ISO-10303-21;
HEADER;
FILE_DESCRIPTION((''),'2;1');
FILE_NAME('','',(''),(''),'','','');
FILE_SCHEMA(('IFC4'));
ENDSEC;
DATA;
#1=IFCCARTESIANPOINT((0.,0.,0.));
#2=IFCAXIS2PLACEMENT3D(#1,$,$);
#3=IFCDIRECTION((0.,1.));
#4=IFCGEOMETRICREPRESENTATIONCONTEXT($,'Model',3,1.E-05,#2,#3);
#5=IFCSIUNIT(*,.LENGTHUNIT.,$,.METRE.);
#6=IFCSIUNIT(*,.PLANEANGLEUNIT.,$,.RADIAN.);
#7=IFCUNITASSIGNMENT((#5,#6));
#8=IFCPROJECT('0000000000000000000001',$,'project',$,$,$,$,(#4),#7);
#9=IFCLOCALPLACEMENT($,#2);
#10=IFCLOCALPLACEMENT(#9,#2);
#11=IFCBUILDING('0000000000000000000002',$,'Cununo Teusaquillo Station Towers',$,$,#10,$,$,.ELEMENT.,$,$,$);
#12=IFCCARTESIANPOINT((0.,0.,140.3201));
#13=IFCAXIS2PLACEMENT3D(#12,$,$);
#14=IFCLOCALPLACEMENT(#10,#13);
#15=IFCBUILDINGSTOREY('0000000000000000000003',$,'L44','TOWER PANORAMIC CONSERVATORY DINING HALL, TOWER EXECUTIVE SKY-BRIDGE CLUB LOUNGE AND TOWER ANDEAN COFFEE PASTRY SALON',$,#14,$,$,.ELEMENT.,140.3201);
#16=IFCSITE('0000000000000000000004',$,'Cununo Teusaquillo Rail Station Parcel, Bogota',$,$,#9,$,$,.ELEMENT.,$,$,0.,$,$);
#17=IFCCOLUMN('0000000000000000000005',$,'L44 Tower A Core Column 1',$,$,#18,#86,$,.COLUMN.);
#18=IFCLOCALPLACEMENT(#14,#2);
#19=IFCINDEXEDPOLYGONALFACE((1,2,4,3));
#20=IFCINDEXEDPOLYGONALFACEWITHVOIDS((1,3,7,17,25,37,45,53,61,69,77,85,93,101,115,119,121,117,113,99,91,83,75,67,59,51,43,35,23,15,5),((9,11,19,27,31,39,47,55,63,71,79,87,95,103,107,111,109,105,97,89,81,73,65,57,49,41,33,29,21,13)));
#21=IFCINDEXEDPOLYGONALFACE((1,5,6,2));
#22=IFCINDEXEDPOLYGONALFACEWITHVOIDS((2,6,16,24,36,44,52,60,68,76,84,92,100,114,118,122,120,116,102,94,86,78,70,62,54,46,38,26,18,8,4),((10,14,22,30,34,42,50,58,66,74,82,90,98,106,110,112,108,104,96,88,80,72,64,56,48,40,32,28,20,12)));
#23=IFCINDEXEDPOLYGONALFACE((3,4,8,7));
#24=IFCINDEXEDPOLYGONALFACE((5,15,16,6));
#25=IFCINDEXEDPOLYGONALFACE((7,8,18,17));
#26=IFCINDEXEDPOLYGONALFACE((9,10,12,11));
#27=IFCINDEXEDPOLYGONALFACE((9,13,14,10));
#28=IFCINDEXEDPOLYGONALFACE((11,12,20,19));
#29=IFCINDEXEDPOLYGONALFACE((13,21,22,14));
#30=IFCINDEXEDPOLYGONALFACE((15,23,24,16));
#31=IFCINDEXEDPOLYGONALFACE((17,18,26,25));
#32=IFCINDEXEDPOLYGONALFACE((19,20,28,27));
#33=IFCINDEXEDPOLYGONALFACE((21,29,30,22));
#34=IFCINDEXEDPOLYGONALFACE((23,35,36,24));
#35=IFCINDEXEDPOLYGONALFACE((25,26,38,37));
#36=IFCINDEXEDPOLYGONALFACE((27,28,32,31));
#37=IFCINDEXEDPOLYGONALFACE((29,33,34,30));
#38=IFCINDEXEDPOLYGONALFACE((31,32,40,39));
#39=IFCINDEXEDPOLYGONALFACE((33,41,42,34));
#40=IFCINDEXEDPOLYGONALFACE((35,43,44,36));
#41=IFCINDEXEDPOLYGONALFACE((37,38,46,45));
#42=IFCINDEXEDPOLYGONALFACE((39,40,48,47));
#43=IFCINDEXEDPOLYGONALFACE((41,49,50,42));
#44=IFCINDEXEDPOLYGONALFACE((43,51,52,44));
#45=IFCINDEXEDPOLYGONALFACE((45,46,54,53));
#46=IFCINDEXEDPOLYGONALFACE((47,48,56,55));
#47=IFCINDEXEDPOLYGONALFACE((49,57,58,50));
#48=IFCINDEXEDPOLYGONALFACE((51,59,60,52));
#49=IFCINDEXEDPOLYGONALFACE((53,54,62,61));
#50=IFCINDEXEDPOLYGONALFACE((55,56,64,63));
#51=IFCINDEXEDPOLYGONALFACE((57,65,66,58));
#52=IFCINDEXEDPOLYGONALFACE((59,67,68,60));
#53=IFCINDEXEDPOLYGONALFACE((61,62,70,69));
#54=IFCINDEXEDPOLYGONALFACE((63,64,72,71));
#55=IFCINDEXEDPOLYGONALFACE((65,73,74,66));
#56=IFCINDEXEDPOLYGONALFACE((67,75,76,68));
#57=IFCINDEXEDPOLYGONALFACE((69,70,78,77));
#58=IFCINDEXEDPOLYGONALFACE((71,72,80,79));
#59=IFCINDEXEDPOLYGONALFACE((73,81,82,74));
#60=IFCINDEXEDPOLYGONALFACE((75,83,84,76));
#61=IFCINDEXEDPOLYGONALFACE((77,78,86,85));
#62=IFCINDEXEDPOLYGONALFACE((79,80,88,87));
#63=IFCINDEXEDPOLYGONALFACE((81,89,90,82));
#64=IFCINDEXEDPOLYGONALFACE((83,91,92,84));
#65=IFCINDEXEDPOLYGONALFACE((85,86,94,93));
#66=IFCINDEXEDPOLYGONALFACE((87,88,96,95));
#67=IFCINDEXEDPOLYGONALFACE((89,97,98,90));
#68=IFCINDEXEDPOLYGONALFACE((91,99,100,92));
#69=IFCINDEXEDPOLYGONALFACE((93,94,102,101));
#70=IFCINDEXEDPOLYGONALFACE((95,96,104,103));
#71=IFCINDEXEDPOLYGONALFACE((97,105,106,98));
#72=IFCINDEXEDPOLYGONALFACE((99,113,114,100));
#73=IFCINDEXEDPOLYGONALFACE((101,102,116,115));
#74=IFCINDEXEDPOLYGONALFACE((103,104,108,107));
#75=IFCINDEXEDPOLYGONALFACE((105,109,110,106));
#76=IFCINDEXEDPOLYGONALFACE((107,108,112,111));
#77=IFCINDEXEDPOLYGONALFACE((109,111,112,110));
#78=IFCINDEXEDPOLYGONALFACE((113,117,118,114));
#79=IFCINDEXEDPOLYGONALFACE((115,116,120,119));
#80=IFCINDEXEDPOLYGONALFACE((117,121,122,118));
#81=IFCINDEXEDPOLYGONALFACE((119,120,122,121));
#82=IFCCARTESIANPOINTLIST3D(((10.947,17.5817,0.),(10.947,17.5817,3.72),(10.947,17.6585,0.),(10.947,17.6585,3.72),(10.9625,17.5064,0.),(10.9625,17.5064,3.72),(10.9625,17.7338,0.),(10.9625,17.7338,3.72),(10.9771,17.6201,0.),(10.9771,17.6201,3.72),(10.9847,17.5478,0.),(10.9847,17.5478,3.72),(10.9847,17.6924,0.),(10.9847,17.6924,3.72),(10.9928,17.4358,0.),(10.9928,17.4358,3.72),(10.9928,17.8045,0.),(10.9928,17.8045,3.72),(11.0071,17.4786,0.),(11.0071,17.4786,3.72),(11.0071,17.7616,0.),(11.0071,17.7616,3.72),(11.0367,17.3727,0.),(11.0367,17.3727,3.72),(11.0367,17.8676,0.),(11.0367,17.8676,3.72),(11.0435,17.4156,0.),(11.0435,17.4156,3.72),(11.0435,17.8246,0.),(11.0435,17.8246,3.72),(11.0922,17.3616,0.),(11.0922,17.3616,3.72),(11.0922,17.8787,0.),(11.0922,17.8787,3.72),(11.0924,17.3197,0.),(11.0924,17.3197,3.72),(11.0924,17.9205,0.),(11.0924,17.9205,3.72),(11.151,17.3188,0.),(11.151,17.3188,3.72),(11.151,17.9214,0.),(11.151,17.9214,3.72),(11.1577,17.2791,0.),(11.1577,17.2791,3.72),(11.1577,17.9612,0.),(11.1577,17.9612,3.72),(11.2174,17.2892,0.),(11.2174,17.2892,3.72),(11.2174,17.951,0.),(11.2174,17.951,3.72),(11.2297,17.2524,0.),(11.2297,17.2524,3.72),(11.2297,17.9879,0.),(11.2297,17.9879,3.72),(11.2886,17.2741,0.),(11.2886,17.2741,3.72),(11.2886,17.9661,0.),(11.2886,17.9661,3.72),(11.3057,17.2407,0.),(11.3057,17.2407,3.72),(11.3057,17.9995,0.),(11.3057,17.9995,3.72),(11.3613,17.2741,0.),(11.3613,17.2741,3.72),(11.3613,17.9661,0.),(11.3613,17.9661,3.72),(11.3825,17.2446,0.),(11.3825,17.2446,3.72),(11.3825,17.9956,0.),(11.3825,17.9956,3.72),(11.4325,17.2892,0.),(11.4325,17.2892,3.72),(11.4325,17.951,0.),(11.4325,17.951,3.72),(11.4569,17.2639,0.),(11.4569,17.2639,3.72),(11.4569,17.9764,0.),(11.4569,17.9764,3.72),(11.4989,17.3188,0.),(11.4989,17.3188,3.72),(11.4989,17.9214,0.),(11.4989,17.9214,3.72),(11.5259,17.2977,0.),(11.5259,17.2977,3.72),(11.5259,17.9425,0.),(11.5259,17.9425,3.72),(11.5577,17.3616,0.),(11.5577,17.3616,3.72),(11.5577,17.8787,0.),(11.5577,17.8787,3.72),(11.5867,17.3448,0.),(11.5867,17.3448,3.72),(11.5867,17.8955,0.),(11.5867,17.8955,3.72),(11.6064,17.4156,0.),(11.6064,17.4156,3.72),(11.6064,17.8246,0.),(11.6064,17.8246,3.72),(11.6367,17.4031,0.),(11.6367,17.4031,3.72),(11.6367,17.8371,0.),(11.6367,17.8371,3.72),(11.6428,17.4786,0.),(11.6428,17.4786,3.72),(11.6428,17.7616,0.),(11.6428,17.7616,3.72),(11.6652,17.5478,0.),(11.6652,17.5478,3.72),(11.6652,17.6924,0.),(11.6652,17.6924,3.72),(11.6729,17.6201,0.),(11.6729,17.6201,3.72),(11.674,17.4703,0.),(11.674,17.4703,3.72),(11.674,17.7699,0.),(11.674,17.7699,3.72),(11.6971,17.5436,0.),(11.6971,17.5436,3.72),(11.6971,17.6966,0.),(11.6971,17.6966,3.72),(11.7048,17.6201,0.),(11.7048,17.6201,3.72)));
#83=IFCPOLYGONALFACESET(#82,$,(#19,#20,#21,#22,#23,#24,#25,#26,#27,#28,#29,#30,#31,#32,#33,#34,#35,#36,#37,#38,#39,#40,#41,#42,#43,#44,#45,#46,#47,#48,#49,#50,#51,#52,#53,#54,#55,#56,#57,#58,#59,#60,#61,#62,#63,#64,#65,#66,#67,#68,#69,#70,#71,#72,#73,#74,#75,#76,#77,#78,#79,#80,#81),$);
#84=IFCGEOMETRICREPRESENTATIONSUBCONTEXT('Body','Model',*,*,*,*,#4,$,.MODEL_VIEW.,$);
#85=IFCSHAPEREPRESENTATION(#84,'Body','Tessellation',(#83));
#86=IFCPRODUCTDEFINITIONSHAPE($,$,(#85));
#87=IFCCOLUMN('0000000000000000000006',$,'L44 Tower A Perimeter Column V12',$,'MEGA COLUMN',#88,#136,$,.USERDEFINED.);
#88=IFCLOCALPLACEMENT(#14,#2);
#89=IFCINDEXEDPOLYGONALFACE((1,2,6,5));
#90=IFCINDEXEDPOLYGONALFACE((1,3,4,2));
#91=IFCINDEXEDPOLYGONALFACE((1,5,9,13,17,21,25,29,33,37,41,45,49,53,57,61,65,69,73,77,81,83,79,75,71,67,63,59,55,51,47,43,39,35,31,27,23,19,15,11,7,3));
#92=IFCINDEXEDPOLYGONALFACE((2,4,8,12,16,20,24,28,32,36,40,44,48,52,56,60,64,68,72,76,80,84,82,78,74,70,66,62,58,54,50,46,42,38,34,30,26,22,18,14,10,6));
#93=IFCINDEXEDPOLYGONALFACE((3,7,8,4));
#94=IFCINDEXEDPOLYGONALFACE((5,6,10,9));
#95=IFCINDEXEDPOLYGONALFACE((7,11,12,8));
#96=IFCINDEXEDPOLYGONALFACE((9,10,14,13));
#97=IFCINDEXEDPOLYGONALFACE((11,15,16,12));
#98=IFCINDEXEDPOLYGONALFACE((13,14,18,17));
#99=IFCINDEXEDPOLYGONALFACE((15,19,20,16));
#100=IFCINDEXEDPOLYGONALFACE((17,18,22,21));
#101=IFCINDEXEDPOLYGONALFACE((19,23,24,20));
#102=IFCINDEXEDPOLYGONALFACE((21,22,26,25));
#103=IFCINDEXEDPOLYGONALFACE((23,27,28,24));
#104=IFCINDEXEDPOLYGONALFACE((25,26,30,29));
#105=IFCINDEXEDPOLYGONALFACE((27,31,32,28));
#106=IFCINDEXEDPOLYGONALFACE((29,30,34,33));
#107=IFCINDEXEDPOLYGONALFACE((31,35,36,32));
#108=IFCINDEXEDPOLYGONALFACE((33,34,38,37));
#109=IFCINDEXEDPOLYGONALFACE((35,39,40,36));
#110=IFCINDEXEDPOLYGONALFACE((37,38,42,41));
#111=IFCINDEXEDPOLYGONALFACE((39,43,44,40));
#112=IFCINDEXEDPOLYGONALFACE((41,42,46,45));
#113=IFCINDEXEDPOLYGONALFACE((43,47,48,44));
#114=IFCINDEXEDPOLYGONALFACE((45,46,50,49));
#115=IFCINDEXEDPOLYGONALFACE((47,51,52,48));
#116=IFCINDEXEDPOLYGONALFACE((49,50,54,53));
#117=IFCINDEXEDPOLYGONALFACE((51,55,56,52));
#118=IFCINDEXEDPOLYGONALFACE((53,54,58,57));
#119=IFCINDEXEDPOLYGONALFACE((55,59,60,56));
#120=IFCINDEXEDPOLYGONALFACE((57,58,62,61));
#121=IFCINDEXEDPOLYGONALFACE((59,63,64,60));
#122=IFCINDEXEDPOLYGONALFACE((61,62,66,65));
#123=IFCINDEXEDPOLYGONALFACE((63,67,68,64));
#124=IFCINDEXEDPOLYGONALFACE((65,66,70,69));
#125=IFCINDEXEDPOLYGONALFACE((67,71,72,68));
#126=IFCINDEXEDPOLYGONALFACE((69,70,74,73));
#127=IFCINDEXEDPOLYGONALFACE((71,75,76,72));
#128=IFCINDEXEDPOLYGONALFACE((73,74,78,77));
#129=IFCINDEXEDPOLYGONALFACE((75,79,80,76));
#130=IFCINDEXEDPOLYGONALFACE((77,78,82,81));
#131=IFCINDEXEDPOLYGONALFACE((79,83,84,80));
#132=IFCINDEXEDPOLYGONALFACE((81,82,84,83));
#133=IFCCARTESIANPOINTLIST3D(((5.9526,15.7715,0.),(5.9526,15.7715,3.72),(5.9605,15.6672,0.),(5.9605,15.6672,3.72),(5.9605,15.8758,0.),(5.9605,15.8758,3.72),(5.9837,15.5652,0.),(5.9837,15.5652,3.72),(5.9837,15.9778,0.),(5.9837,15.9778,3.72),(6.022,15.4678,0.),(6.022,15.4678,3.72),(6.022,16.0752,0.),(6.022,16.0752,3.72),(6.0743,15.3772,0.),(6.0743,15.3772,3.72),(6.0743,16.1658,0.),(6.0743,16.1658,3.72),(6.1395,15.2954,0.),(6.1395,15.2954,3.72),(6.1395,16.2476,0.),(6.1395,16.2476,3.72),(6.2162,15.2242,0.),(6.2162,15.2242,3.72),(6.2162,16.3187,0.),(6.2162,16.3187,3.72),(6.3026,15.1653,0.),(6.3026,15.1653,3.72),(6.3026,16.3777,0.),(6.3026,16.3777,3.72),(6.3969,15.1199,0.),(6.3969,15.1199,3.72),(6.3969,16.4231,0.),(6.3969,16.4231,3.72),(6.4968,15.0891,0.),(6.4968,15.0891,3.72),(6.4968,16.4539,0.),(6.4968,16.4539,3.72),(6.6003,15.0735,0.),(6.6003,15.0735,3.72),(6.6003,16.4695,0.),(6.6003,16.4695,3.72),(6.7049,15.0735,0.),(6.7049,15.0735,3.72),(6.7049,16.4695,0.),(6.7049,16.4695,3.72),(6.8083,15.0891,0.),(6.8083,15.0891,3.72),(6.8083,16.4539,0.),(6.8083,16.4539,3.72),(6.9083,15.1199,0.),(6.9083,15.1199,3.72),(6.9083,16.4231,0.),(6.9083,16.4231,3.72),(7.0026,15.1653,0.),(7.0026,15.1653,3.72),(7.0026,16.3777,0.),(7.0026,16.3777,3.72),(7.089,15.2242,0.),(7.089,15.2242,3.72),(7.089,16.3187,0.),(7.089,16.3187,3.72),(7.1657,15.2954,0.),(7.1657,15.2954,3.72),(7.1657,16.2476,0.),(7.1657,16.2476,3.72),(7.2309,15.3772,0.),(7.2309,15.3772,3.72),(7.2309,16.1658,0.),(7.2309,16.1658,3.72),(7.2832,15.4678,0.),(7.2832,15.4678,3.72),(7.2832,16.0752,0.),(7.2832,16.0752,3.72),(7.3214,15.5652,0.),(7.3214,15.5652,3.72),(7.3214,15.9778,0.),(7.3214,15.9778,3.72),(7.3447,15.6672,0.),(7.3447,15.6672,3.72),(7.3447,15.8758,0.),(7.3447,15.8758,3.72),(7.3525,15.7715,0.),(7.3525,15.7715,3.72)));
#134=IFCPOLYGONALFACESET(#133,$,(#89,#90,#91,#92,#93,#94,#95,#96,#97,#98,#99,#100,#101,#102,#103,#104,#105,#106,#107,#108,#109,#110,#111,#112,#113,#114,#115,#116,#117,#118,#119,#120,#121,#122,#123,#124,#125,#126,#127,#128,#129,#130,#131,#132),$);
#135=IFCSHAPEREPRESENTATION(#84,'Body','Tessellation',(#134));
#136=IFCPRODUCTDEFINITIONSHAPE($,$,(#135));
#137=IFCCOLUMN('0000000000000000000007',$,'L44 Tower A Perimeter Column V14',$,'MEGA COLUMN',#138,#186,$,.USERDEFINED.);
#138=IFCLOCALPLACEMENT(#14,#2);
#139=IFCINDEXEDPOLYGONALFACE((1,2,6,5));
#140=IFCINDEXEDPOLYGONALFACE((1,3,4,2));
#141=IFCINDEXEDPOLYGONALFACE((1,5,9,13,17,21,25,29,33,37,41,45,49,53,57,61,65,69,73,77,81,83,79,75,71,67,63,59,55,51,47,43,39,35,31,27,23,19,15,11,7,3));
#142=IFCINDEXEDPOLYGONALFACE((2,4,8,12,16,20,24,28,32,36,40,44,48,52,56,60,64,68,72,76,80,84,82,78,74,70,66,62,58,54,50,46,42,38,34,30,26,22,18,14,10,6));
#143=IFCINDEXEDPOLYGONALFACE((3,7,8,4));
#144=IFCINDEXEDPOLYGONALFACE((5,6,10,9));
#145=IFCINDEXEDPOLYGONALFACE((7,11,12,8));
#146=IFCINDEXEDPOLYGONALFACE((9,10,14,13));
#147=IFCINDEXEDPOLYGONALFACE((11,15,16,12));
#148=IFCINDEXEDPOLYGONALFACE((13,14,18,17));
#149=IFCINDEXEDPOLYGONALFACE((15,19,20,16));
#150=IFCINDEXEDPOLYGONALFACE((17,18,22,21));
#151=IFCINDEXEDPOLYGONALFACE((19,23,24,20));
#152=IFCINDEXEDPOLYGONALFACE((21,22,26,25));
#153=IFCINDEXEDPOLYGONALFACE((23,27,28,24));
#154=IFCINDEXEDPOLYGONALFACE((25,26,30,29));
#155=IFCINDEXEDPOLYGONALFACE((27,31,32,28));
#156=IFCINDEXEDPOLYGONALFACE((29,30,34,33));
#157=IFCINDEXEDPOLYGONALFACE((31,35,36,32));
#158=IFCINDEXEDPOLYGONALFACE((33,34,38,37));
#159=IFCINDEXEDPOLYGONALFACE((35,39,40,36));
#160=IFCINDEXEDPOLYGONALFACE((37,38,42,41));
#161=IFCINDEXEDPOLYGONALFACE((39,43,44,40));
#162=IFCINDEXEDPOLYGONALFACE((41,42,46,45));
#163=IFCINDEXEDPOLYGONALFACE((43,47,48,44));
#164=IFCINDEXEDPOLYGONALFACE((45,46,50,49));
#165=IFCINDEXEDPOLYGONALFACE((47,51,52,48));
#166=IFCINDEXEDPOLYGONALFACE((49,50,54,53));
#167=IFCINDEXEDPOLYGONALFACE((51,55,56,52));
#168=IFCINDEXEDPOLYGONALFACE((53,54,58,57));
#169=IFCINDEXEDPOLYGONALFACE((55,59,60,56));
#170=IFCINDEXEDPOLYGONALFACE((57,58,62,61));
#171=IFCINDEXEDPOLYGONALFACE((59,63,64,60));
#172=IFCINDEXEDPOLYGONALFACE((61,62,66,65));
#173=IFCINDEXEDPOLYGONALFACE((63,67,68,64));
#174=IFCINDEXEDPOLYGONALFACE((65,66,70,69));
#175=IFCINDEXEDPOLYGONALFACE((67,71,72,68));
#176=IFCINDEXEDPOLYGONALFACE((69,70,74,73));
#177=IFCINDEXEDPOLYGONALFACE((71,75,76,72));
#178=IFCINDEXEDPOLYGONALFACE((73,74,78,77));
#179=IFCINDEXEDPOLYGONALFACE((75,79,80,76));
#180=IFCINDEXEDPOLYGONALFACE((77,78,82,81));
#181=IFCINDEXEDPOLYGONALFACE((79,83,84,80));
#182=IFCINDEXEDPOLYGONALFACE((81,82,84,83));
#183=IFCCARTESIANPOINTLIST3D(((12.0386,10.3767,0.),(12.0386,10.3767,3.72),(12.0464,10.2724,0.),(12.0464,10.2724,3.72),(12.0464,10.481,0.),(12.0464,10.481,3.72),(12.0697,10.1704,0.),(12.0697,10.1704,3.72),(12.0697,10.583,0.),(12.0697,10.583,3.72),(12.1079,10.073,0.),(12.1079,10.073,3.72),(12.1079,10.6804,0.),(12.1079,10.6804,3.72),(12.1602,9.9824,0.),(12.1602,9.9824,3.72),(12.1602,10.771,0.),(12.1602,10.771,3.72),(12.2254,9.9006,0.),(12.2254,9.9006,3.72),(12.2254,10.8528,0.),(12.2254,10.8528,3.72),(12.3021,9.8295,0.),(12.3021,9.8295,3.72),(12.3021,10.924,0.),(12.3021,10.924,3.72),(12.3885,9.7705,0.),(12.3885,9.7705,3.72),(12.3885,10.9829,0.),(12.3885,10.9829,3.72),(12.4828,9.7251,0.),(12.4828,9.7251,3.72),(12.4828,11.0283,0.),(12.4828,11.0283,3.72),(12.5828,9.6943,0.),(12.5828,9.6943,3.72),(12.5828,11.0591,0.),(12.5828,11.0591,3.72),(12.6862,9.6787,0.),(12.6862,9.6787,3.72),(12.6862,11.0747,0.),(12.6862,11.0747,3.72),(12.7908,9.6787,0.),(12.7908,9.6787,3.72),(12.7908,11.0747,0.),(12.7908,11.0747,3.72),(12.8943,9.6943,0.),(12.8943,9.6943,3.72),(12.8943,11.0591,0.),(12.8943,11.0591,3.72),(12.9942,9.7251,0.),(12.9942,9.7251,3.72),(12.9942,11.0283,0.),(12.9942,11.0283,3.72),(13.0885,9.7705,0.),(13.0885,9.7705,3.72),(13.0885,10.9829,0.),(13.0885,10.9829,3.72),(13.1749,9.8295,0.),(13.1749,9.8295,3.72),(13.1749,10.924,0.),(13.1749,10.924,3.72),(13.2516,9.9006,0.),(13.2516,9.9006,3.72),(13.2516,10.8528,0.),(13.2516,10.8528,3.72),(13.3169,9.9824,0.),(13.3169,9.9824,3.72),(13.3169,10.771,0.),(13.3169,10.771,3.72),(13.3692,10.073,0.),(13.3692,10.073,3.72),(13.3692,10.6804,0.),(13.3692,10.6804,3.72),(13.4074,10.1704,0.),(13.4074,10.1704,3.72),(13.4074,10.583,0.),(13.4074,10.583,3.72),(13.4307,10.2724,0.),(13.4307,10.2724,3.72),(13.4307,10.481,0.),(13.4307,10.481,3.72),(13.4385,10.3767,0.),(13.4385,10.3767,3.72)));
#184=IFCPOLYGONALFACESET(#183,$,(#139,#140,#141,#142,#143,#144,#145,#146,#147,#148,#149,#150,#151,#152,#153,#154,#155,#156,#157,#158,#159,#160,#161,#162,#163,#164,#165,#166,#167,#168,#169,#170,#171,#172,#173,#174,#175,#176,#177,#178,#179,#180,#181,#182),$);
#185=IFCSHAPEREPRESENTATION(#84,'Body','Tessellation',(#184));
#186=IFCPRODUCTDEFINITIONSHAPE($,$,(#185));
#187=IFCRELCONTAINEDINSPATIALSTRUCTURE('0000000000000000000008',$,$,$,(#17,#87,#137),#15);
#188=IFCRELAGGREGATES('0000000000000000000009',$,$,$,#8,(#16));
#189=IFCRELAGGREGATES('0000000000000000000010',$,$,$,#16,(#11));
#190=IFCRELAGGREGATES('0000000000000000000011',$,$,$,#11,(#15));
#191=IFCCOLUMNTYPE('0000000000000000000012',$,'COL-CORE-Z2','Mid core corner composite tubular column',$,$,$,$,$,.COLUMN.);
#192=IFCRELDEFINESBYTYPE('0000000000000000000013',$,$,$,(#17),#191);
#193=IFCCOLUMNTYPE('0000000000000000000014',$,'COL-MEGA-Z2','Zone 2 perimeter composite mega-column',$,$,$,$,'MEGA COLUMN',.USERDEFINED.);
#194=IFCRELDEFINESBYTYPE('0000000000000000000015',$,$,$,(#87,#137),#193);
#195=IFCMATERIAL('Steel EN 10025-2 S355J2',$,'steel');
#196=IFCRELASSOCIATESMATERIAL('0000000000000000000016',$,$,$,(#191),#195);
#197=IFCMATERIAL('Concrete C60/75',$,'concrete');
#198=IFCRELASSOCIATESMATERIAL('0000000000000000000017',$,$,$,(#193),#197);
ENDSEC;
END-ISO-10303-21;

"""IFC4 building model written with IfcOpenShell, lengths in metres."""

from ifc_helpers import new_model, si_unit, direction, frame, origin, origin_2d, place, context, subcontext, project, spatial, circle, hollow_circle, extrude, material, material_profile, profile_set, type_object, element, save


model = new_model("IFC4")

# Units and contexts
model_context = context("Model", 3, precision=1e-05, world=origin(), true_north=direction((0.0, 1.0)))
body_context = subcontext(model_context, "Body", "Model", "MODEL_VIEW")
ifc_project = project(units=[si_unit("LENGTHUNIT", "METRE"), si_unit("PLANEANGLEUNIT", "RADIAN")], contexts=[model_context])

# Site, building, storey
site_placement = place(None, origin())
site = spatial("IfcSite", under=ifc_project, at=site_placement, Name="Cununo Teusaquillo Rail Station Parcel, Bogota", CompositionType="ELEMENT", RefElevation=0.0)
building_placement = place(site_placement, origin())
building = spatial("IfcBuilding", under=site, at=building_placement, Name="Cununo Teusaquillo Station Towers", CompositionType="ELEMENT")
storey_placement = place(building_placement, frame((0.0, 0.0, 140.3201)))
storey = spatial("IfcBuildingStorey", under=building, at=storey_placement, Name="L44", Description="TOWER PANORAMIC CONSERVATORY DINING HALL, TOWER EXECUTIVE SKY-BRIDGE CLUB LOUNGE AND TOWER ANDEAN COFFEE PASTRY SALON", CompositionType="ELEMENT", Elevation=140.3201)

# Columns
ifc_material_1 = material(Name="Steel EN 10025-2 S355J2", Category="steel")
ifc_material_profile_1 = material_profile(ifc_material_1, hollow_circle(Radius=0.3799, WallThickness=0.032, at=origin_2d()), Name="CHS 760x32")
ifc_profile_set_1 = profile_set([ifc_material_profile_1], Name="Steel EN 10025-2 S355J2")
column_type_1 = type_object("IfcColumnType", Name="COL-CORE-Z2", Description="Mid core corner composite tubular column", PredefinedType="COLUMN", material=ifc_profile_set_1)
column_placement = place(storey_placement, frame((11.325, 17.6201, 0.0), z_axis=(0.0, 0.0, 1.0), x_axis=(1.0, 0.0, 0.0)))
element("IfcColumn", 1, at=column_placement, inside=storey, type_object=column_type_1, Name="L44 Tower A Core Column 1", PredefinedType="COLUMN", context=body_context, shape_type="SweptSolid", body=[
    extrude(hollow_circle(Radius=0.3799, WallThickness=0.032, at=origin_2d()), origin(), (0.0, 0.0, 1.0), 3.72),
])
ifc_material_2 = material(Name="Concrete C60/75", Category="concrete")
ifc_material_profile_2 = material_profile(ifc_material_2, circle(Radius=0.7, at=origin_2d()), Name="RC-CIRC-1400")
ifc_profile_set_2 = profile_set([ifc_material_profile_2], Name="Concrete C60/75")
column_type_2 = type_object("IfcColumnType", Name="COL-MEGA-Z2", Description="Zone 2 perimeter composite mega-column", ElementType="MEGA COLUMN", PredefinedType="USERDEFINED", material=ifc_profile_set_2)
for number, where, z_axis, x_axis, name in (
    (2, (6.6526, 15.7715, 0.0), (0.0, 0.0, 1.0), (1.0, 0.0, 0.0), "L44 Tower A Perimeter Column V12"),
    (3, (12.7385, 10.3767, 0.0), (0.0, 0.0, 1.0), (1.0, 0.0, 0.0), "L44 Tower A Perimeter Column V14"),
):
    element("IfcColumn", number, at=place(storey_placement, frame(where, z_axis=z_axis, x_axis=x_axis)), inside=storey, type_object=column_type_2, Name=name, ObjectType="MEGA COLUMN", PredefinedType="USERDEFINED", context=body_context, shape_type="SweptSolid", body=[
        extrude(circle(Radius=0.7, at=origin_2d()), origin(), (0.0, 0.0, 1.0), 3.72),
    ])

save(model, "model.ifc")
